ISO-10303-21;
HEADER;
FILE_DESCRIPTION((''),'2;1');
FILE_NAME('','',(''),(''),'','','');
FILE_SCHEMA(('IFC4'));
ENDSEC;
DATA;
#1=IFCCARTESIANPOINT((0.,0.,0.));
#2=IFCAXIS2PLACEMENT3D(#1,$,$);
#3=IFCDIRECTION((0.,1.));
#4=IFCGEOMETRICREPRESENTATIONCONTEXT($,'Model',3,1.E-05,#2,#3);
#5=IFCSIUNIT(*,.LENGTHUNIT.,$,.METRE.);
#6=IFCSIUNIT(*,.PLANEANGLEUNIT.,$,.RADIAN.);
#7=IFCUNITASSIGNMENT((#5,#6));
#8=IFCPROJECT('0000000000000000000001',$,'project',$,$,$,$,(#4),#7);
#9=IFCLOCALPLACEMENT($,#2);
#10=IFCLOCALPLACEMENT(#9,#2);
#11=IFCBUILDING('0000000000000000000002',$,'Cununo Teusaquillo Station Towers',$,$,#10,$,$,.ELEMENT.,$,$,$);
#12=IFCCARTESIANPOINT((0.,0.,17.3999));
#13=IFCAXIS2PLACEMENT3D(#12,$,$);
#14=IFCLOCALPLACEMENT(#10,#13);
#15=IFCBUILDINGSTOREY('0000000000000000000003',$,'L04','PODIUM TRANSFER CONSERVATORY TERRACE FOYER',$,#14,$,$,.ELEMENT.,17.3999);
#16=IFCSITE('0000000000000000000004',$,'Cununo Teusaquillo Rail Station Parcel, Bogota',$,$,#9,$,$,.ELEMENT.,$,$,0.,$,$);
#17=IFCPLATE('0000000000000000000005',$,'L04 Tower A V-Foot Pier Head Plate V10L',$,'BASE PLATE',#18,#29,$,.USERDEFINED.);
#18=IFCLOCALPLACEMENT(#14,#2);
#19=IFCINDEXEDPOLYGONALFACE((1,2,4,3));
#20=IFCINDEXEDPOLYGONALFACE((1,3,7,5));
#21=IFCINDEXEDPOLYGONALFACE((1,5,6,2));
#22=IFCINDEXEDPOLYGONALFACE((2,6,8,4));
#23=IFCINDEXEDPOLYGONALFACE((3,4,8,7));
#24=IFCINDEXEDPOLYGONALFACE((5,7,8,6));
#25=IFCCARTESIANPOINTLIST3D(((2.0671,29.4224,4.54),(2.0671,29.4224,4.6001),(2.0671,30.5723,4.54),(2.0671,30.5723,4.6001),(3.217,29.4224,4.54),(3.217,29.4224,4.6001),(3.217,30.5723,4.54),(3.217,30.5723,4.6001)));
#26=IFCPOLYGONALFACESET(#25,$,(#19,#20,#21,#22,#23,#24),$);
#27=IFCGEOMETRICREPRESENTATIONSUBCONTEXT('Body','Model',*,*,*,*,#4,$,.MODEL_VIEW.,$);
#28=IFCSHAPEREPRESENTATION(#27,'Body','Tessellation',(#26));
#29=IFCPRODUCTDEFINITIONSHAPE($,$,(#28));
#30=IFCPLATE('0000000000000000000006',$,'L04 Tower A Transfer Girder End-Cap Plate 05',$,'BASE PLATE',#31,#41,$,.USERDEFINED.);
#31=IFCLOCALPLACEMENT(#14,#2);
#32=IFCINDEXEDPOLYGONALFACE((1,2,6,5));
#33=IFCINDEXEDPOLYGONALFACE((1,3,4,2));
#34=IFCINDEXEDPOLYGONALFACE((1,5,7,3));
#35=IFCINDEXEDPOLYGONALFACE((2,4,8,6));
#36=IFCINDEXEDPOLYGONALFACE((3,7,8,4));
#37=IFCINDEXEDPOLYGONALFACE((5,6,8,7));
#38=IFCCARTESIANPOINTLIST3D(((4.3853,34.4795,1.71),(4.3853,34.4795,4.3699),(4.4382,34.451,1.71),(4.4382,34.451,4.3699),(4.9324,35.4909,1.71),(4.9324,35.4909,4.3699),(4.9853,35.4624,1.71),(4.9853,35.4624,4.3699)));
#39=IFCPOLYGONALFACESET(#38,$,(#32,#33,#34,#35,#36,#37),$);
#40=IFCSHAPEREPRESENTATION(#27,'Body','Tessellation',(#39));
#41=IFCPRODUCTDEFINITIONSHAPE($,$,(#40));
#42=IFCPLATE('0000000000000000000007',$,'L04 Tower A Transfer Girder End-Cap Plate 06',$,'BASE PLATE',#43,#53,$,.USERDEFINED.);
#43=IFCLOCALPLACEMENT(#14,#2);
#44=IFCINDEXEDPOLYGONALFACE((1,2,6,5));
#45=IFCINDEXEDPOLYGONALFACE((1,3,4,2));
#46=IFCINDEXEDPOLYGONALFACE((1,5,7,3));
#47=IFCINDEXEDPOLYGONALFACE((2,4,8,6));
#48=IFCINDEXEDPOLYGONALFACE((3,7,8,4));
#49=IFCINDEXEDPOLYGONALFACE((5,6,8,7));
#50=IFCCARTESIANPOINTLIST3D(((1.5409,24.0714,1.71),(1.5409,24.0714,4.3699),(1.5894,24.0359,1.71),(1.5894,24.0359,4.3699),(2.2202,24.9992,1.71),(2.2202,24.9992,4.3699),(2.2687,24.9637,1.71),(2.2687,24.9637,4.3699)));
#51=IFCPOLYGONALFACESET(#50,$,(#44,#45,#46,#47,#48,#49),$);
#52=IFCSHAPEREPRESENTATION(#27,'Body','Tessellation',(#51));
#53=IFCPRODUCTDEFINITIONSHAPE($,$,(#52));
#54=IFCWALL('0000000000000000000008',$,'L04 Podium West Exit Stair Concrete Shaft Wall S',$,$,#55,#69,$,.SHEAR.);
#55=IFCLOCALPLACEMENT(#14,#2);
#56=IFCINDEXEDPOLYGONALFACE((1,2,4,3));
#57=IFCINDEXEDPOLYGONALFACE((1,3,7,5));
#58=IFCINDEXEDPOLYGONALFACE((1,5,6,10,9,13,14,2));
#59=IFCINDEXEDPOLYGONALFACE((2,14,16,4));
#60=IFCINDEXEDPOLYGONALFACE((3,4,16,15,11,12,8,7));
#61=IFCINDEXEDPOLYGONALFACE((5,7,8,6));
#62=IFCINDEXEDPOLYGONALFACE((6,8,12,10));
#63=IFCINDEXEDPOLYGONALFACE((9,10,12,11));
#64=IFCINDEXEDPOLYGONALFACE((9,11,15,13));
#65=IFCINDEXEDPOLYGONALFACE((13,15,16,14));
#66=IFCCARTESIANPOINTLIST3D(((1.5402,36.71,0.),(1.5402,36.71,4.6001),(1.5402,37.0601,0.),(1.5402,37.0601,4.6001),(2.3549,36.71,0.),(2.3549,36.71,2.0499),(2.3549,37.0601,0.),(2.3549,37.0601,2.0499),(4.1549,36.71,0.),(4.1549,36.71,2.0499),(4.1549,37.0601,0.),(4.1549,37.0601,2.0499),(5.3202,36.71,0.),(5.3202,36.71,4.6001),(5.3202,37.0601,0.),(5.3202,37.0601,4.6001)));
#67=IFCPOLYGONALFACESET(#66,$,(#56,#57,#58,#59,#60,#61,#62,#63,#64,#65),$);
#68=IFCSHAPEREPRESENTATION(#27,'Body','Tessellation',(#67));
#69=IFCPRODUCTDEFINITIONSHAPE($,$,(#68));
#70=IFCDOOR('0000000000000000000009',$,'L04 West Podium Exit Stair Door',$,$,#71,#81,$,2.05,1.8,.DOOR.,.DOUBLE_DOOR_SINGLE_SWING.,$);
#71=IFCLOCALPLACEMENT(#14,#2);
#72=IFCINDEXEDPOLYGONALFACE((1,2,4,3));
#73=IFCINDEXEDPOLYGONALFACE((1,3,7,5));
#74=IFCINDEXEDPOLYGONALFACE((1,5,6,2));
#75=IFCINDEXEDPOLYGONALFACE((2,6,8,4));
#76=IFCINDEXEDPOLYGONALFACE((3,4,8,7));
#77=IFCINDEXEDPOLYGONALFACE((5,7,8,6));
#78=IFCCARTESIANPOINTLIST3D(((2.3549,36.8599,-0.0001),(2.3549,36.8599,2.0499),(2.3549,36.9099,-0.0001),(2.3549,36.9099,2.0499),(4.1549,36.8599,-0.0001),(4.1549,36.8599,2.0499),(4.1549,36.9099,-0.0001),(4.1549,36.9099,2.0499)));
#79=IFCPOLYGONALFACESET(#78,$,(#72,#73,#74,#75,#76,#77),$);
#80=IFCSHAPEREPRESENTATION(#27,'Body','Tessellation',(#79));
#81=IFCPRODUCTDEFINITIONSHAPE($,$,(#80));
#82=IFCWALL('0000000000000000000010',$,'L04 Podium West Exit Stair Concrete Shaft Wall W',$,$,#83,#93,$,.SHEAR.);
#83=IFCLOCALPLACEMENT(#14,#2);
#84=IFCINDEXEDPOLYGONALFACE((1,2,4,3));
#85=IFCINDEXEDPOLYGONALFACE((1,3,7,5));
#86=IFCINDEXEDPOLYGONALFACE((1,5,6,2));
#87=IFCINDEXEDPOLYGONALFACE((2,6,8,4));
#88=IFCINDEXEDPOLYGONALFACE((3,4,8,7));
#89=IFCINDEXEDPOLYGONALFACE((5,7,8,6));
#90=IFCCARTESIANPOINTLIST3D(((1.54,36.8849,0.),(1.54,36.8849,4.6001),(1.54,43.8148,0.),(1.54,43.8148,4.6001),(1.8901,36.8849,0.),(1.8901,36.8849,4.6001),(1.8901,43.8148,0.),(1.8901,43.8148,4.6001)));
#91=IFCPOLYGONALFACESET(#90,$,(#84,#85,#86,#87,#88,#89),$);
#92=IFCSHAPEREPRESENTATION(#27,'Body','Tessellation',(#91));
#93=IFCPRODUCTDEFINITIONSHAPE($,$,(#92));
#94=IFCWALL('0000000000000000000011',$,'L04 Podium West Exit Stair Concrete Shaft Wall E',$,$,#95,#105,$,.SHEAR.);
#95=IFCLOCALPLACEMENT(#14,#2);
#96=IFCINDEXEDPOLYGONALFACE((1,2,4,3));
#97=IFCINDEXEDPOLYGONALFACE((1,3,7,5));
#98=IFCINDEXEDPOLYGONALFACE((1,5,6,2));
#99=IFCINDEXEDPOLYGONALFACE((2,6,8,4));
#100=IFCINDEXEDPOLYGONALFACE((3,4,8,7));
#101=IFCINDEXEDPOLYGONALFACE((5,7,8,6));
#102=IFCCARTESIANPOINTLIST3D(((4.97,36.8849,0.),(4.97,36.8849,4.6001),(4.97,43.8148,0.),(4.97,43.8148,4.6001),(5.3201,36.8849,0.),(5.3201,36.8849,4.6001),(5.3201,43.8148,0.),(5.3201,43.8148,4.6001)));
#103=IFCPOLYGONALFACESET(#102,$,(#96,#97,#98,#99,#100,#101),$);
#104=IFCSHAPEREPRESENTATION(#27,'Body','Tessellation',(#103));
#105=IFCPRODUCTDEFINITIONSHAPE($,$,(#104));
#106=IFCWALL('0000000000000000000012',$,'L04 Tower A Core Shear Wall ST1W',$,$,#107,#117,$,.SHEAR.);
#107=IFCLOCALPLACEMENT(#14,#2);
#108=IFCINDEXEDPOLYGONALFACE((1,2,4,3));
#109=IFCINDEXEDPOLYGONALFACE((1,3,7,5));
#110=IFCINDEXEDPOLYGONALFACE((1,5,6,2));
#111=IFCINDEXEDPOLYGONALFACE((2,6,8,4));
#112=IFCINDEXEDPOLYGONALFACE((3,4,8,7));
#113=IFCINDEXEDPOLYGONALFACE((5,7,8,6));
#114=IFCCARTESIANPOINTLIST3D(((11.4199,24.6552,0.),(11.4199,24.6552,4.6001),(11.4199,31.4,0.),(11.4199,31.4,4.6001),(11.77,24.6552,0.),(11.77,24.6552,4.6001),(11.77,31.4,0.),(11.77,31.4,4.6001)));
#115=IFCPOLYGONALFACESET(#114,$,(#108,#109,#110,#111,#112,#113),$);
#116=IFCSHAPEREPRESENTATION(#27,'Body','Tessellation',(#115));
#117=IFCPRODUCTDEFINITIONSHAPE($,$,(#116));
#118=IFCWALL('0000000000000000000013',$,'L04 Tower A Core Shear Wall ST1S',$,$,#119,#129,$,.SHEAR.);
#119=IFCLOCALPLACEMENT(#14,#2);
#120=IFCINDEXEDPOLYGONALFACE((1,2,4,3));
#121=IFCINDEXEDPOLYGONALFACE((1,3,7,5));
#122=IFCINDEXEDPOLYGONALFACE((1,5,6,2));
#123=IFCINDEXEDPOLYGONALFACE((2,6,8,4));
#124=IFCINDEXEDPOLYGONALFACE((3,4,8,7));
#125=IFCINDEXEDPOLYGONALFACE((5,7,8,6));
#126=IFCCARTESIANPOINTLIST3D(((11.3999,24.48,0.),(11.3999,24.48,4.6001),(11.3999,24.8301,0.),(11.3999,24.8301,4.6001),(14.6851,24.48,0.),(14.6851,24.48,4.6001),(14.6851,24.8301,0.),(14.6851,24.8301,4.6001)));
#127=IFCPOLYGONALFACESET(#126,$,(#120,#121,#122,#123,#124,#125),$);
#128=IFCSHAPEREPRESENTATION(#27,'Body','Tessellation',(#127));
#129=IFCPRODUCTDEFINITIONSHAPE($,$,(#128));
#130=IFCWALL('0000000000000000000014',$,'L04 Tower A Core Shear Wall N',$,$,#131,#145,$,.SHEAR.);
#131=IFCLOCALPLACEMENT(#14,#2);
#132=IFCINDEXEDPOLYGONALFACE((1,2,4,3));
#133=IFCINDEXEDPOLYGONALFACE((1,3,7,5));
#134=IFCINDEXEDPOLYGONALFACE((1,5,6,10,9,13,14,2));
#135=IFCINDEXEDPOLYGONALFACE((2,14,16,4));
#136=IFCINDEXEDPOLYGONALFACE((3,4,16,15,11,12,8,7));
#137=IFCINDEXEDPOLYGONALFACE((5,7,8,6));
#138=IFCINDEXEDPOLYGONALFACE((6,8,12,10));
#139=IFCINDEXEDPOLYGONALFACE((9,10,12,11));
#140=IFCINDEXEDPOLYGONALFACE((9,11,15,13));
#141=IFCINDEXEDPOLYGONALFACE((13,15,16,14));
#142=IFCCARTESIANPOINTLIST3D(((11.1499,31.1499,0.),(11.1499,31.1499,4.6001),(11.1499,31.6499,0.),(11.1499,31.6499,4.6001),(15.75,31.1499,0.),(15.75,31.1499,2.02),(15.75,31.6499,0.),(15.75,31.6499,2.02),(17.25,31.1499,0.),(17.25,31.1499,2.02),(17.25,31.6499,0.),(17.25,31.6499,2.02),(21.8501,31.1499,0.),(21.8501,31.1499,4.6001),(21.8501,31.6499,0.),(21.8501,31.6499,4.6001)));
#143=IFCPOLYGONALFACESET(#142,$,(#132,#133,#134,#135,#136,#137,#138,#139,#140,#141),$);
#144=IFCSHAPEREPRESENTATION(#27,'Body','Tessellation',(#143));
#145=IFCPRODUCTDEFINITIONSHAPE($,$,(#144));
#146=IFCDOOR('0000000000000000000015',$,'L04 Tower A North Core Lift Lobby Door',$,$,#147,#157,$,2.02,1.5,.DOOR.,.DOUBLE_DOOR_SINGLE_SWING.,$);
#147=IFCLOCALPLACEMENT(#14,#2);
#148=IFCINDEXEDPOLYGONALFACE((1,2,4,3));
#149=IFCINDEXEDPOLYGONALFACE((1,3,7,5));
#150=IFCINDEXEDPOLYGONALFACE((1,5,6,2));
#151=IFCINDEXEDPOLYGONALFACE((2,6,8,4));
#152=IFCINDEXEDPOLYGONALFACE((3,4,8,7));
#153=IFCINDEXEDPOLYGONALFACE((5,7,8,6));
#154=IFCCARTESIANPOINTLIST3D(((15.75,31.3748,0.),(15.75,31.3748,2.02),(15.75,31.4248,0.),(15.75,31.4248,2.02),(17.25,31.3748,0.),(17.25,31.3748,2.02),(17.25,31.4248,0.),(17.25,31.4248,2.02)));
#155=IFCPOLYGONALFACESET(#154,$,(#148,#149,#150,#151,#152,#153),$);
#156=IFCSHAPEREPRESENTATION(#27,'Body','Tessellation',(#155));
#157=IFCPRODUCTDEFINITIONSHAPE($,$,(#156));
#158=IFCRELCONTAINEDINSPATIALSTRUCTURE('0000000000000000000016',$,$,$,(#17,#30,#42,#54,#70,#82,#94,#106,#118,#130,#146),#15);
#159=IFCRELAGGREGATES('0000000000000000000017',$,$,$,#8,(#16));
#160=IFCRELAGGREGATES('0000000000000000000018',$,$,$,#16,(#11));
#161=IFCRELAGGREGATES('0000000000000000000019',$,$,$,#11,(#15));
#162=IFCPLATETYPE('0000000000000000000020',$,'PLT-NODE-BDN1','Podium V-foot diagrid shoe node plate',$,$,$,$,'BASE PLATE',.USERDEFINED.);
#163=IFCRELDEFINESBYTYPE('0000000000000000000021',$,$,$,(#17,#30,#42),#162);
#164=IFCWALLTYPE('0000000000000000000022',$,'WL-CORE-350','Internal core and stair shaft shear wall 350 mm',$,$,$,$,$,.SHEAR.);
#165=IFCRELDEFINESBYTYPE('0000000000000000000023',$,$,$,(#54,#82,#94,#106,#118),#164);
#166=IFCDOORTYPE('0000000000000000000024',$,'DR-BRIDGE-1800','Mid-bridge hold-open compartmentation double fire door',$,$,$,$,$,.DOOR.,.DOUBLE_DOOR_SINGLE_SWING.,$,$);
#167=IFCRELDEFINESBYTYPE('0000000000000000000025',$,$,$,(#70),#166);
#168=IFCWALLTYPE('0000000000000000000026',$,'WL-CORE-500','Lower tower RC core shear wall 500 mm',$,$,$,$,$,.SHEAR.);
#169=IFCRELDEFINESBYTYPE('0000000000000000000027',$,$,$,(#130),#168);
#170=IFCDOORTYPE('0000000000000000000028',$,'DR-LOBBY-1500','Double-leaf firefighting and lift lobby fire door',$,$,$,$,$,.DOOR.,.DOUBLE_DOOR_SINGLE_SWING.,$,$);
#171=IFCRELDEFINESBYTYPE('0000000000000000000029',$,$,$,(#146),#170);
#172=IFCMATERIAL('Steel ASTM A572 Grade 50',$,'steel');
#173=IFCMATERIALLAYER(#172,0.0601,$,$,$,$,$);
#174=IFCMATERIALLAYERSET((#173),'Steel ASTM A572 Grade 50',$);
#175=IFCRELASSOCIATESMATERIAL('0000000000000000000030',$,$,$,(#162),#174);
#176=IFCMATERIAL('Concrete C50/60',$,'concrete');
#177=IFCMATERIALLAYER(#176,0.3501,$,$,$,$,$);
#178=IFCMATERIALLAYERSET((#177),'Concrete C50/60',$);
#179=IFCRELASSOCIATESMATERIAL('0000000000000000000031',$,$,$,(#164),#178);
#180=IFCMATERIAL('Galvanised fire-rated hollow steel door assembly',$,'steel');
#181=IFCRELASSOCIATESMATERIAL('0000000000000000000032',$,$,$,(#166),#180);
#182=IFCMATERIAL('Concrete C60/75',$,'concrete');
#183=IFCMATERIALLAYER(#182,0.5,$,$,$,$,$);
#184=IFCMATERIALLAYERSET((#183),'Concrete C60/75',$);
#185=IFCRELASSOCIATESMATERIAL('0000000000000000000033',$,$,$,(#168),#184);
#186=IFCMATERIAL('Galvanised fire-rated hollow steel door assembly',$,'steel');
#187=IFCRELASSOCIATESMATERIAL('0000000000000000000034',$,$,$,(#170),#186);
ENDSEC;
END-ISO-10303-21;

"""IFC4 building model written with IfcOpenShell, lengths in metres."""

from ifc_helpers import new_model, si_unit, direction, frame, frame_2d, origin, origin_2d, place, context, subcontext, project, spatial, rectangle, extrude, source, transform, mapped, material, layer, layer_set, type_object, element, fill, save


model = new_model("IFC4")

# Units and contexts
model_context = context("Model", 3, precision=1e-05, world=origin(), true_north=direction((0.0, 1.0)))
body_context = subcontext(model_context, "Body", "Model", "MODEL_VIEW")
ifc_project = project(units=[si_unit("LENGTHUNIT", "METRE"), si_unit("PLANEANGLEUNIT", "RADIAN")], contexts=[model_context])

# Site, building, storey
site_placement = place(None, origin())
site = spatial("IfcSite", under=ifc_project, at=site_placement, Name="Cununo Teusaquillo Rail Station Parcel, Bogota", CompositionType="ELEMENT", RefElevation=0.0)
building_placement = place(site_placement, origin())
building = spatial("IfcBuilding", under=site, at=building_placement, Name="Cununo Teusaquillo Station Towers", CompositionType="ELEMENT")
storey_placement = place(building_placement, frame((0.0, 0.0, 17.3999)))
storey = spatial("IfcBuildingStorey", under=building, at=storey_placement, Name="L04", Description="PODIUM TRANSFER CONSERVATORY TERRACE FOYER", CompositionType="ELEMENT", Elevation=17.3999)

# Plates
ifc_material_1 = material(Name="Steel ASTM A572 Grade 50", Category="steel")
ifc_layer_1 = layer(ifc_material_1, 0.0601)
ifc_layer_set_1 = layer_set([ifc_layer_1], Name="Steel ASTM A572 Grade 50")
plate_type = type_object("IfcPlateType", Name="PLT-NODE-BDN1", Description="Podium V-foot diagrid shoe node plate", ElementType="BASE PLATE", PredefinedType="USERDEFINED", material=ifc_layer_set_1)
shared_shape_1 = source(origin(), body_context, "Body", "SweptSolid", [
    extrude(rectangle(XDim=1.1499, YDim=1.1499, at=origin_2d()), origin(), (0.0, 0.0, 1.0), 0.0601),
])
plate_placement = place(storey_placement, frame((2.6421, 29.9973, 4.54), z_axis=(0.0, 0.0, 1.0), x_axis=(1.0, 0.0, 0.0)))
element("IfcPlate", 1, at=plate_placement, inside=storey, type_object=plate_type, Name="L04 Tower A V-Foot Pier Head Plate V10L", ObjectType="BASE PLATE", PredefinedType="USERDEFINED", context=body_context, shape_type="MappedRepresentation", body=[
    mapped(shared_shape_1, transform((0.0, 0.0, 0.0), x_axis=(1.0, 0.0, 0.0), y_axis=(0.0, 1.0, 0.0), z_axis=(0.0, 0.0, 1.0), scale=1.0)),
])
shared_shape_2 = source(origin(), body_context, "Body", "SweptSolid", [
    extrude(rectangle(XDim=0.0601, YDim=1.1499, at=origin_2d()), origin(), (0.0, 0.0, 1.0), 2.6599),
])
for number, where, z_axis, x_axis, name in (
    (2, (4.6853, 34.9709, 1.71), (0.0, 0.0, 1.0), (-0.879566, 0.475778, 0.0), "L04 Tower A Transfer Girder End-Cap Plate 05"),
    (3, (1.9048, 24.5176, 1.71), (0.0, 0.0, 1.0), (-0.806857, 0.590746, 0.0), "L04 Tower A Transfer Girder End-Cap Plate 06"),
):
    element("IfcPlate", number, at=place(storey_placement, frame(where, z_axis=z_axis, x_axis=x_axis)), inside=storey, type_object=plate_type, Name=name, ObjectType="BASE PLATE", PredefinedType="USERDEFINED", context=body_context, shape_type="MappedRepresentation", body=[
        mapped(shared_shape_2, transform((0.0, 0.0, 0.0), x_axis=(1.0, 0.0, 0.0), y_axis=(0.0, 1.0, 0.0), z_axis=(0.0, 0.0, 1.0), scale=1.0)),
    ])

# Wall, opening, door
ifc_material_2 = material(Name="Concrete C50/60", Category="concrete")
ifc_layer_2 = layer(ifc_material_2, 0.3501)
ifc_layer_set_2 = layer_set([ifc_layer_2], Name="Concrete C50/60")
wall_type_1 = type_object("IfcWallType", Name="WL-CORE-350", Description="Internal core and stair shaft shear wall 350 mm", PredefinedType="SHEAR", material=ifc_layer_set_2)
wall_1_placement = place(storey_placement, frame((1.54, 36.885, 0.0), z_axis=(0.0, 0.0, 1.0), x_axis=(1.0, 0.0, 0.0)))
wall_1 = element("IfcWall", 4, at=wall_1_placement, inside=storey, type_object=wall_type_1, Name="L04 Podium West Exit Stair Concrete Shaft Wall S", PredefinedType="SHEAR", context=body_context, shape_type="SweptSolid", body=[
    extrude(rectangle(XDim=3.78, YDim=0.3501, at=frame_2d((1.8901, 0.0))), origin(), (0.0, 0.0, 1.0), 4.6001),
])
shared_shape_3 = source(origin(), body_context, "Body", "SweptSolid", [
    extrude(rectangle(XDim=1.8, YDim=2.05, at=frame_2d((0.8999, 1.0249))), frame((0.0, 0.1851, 0.0), z_axis=(0.0, -1.0, 0.0), x_axis=(1.0, 0.0, 0.0)), (0.0, 0.0, 1.0), 0.3701),
])
opening_1_placement = place(wall_1_placement, frame((0.8149, 0.0, 0.0)))
opening_1 = element("IfcOpeningElement", 5, at=opening_1_placement, cuts=wall_1, PredefinedType="OPENING", context=body_context, shape_type="MappedRepresentation", body=[
    mapped(shared_shape_3, transform((0.0, 0.0, 0.0), x_axis=(1.0, 0.0, 0.0), y_axis=(0.0, 1.0, 0.0), z_axis=(0.0, 0.0, 1.0), scale=1.0)),
])
ifc_material_3 = material(Name="Galvanised fire-rated hollow steel door assembly", Category="steel")
door_type_1 = type_object("IfcDoorType", Name="DR-BRIDGE-1800", Description="Mid-bridge hold-open compartmentation double fire door", OperationType="DOUBLE_DOOR_SINGLE_SWING", PredefinedType="DOOR", material=ifc_material_3)
shared_shape_4 = source(origin(), body_context, "Body", "SweptSolid", [
    extrude(rectangle(XDim=1.8, YDim=2.05, at=frame_2d((0.8999, 1.0249))), frame((0.0, 0.0249, 0.0), z_axis=(0.0, -1.0, 0.0), x_axis=(1.0, 0.0, 0.0)), (0.0, 0.0, 1.0), 0.05),
])
door_1_placement = place(opening_1_placement, origin())
door_1 = element("IfcDoor", 6, at=door_1_placement, inside=storey, type_object=door_type_1, Name="L04 West Podium Exit Stair Door", OperationType="DOUBLE_DOOR_SINGLE_SWING", OverallHeight=2.05, OverallWidth=1.8, PredefinedType="DOOR", context=body_context, shape_type="MappedRepresentation", body=[
    mapped(shared_shape_4, transform((0.0, 0.0, 0.0), x_axis=(1.0, 0.0, 0.0), y_axis=(0.0, 1.0, 0.0), z_axis=(0.0, 0.0, 1.0), scale=1.0)),
])
fill(opening_1, door_1)

# Walls
for number, where, z_axis, x_axis, name in (
    (7, (1.7151, 36.885, 0.0), (0.0, 0.0, 1.0), (0.0, 1.0, 0.0), "L04 Podium West Exit Stair Concrete Shaft Wall W"),
    (8, (5.145, 36.885, 0.0), (0.0, 0.0, 1.0), (0.0, 1.0, 0.0), "L04 Podium West Exit Stair Concrete Shaft Wall E"),
):
    element("IfcWall", number, at=place(storey_placement, frame(where, z_axis=z_axis, x_axis=x_axis)), inside=storey, type_object=wall_type_1, Name=name, PredefinedType="SHEAR", context=body_context, shape_type="SweptSolid", body=[
        extrude(rectangle(XDim=6.9299, YDim=0.3501, at=frame_2d((3.4648, 0.0))), origin(), (0.0, 0.0, 1.0), 4.6001),
    ])
wall_2_placement = place(storey_placement, frame((11.595, 24.655, 0.0), z_axis=(0.0, 0.0, 1.0), x_axis=(0.0, 1.0, 0.0)))
element("IfcWall", 9, at=wall_2_placement, inside=storey, type_object=wall_type_1, Name="L04 Tower A Core Shear Wall ST1W", PredefinedType="SHEAR", context=body_context, shape_type="SweptSolid", body=[
    extrude(rectangle(XDim=6.7449, YDim=0.3501, at=frame_2d((3.3726, 0.0))), origin(), (0.0, 0.0, 1.0), 4.6001),
])
wall_3_placement = place(storey_placement, frame((11.3999, 24.655, 0.0), z_axis=(0.0, 0.0, 1.0), x_axis=(1.0, 0.0, 0.0)))
element("IfcWall", 10, at=wall_3_placement, inside=storey, type_object=wall_type_1, Name="L04 Tower A Core Shear Wall ST1S", PredefinedType="SHEAR", context=body_context, shape_type="SweptSolid", body=[
    extrude(rectangle(XDim=3.2852, YDim=0.3501, at=frame_2d((1.6426, 0.0))), origin(), (0.0, 0.0, 1.0), 4.6001),
])

# Wall, opening, door
ifc_material_4 = material(Name="Concrete C60/75", Category="concrete")
ifc_layer_3 = layer(ifc_material_4, 0.5)
ifc_layer_set_3 = layer_set([ifc_layer_3], Name="Concrete C60/75")
wall_type_2 = type_object("IfcWallType", Name="WL-CORE-500", Description="Lower tower RC core shear wall 500 mm", PredefinedType="SHEAR", material=ifc_layer_set_3)
wall_4_placement = place(storey_placement, frame((11.1499, 31.3999, 0.0), z_axis=(0.0, 0.0, 1.0), x_axis=(1.0, 0.0, 0.0)))
wall_4 = element("IfcWall", 11, at=wall_4_placement, inside=storey, type_object=wall_type_2, Name="L04 Tower A Core Shear Wall N", PredefinedType="SHEAR", context=body_context, shape_type="SweptSolid", body=[
    extrude(rectangle(XDim=10.7002, YDim=0.5, at=frame_2d((5.3501, 0.0))), origin(), (0.0, 0.0, 1.0), 4.6001),
])
shared_shape_5 = source(origin(), body_context, "Body", "SweptSolid", [
    extrude(rectangle(XDim=1.5, YDim=2.02, at=frame_2d((0.75, 1.01))), frame((0.0, 0.26, 0.0), z_axis=(0.0, -1.0, 0.0), x_axis=(1.0, 0.0, 0.0)), (0.0, 0.0, 1.0), 0.52),
])
opening_2_placement = place(wall_4_placement, frame((4.6001, 0.0, 0.0)))
opening_2 = element("IfcOpeningElement", 12, at=opening_2_placement, cuts=wall_4, PredefinedType="OPENING", context=body_context, shape_type="MappedRepresentation", body=[
    mapped(shared_shape_5, transform((0.0, 0.0, 0.0), x_axis=(1.0, 0.0, 0.0), y_axis=(0.0, 1.0, 0.0), z_axis=(0.0, 0.0, 1.0), scale=1.0)),
])
ifc_material_5 = material(Name="Galvanised fire-rated hollow steel door assembly", Category="steel")
door_type_2 = type_object("IfcDoorType", Name="DR-LOBBY-1500", Description="Double-leaf firefighting and lift lobby fire door", OperationType="DOUBLE_DOOR_SINGLE_SWING", PredefinedType="DOOR", material=ifc_material_5)
shared_shape_6 = source(origin(), body_context, "Body", "SweptSolid", [
    extrude(rectangle(XDim=1.5, YDim=2.02, at=frame_2d((0.75, 1.01))), frame((0.0, 0.0249, 0.0), z_axis=(0.0, -1.0, 0.0), x_axis=(1.0, 0.0, 0.0)), (0.0, 0.0, 1.0), 0.05),
])
door_2_placement = place(opening_2_placement, origin())
door_2 = element("IfcDoor", 13, at=door_2_placement, inside=storey, type_object=door_type_2, Name="L04 Tower A North Core Lift Lobby Door", OperationType="DOUBLE_DOOR_SINGLE_SWING", OverallHeight=2.02, OverallWidth=1.5, PredefinedType="DOOR", context=body_context, shape_type="MappedRepresentation", body=[
    mapped(shared_shape_6, transform((0.0, 0.0, 0.0), x_axis=(1.0, 0.0, 0.0), y_axis=(0.0, 1.0, 0.0), z_axis=(0.0, 0.0, 1.0), scale=1.0)),
])
fill(opening_2, door_2)

save(model, "model.ifc")
